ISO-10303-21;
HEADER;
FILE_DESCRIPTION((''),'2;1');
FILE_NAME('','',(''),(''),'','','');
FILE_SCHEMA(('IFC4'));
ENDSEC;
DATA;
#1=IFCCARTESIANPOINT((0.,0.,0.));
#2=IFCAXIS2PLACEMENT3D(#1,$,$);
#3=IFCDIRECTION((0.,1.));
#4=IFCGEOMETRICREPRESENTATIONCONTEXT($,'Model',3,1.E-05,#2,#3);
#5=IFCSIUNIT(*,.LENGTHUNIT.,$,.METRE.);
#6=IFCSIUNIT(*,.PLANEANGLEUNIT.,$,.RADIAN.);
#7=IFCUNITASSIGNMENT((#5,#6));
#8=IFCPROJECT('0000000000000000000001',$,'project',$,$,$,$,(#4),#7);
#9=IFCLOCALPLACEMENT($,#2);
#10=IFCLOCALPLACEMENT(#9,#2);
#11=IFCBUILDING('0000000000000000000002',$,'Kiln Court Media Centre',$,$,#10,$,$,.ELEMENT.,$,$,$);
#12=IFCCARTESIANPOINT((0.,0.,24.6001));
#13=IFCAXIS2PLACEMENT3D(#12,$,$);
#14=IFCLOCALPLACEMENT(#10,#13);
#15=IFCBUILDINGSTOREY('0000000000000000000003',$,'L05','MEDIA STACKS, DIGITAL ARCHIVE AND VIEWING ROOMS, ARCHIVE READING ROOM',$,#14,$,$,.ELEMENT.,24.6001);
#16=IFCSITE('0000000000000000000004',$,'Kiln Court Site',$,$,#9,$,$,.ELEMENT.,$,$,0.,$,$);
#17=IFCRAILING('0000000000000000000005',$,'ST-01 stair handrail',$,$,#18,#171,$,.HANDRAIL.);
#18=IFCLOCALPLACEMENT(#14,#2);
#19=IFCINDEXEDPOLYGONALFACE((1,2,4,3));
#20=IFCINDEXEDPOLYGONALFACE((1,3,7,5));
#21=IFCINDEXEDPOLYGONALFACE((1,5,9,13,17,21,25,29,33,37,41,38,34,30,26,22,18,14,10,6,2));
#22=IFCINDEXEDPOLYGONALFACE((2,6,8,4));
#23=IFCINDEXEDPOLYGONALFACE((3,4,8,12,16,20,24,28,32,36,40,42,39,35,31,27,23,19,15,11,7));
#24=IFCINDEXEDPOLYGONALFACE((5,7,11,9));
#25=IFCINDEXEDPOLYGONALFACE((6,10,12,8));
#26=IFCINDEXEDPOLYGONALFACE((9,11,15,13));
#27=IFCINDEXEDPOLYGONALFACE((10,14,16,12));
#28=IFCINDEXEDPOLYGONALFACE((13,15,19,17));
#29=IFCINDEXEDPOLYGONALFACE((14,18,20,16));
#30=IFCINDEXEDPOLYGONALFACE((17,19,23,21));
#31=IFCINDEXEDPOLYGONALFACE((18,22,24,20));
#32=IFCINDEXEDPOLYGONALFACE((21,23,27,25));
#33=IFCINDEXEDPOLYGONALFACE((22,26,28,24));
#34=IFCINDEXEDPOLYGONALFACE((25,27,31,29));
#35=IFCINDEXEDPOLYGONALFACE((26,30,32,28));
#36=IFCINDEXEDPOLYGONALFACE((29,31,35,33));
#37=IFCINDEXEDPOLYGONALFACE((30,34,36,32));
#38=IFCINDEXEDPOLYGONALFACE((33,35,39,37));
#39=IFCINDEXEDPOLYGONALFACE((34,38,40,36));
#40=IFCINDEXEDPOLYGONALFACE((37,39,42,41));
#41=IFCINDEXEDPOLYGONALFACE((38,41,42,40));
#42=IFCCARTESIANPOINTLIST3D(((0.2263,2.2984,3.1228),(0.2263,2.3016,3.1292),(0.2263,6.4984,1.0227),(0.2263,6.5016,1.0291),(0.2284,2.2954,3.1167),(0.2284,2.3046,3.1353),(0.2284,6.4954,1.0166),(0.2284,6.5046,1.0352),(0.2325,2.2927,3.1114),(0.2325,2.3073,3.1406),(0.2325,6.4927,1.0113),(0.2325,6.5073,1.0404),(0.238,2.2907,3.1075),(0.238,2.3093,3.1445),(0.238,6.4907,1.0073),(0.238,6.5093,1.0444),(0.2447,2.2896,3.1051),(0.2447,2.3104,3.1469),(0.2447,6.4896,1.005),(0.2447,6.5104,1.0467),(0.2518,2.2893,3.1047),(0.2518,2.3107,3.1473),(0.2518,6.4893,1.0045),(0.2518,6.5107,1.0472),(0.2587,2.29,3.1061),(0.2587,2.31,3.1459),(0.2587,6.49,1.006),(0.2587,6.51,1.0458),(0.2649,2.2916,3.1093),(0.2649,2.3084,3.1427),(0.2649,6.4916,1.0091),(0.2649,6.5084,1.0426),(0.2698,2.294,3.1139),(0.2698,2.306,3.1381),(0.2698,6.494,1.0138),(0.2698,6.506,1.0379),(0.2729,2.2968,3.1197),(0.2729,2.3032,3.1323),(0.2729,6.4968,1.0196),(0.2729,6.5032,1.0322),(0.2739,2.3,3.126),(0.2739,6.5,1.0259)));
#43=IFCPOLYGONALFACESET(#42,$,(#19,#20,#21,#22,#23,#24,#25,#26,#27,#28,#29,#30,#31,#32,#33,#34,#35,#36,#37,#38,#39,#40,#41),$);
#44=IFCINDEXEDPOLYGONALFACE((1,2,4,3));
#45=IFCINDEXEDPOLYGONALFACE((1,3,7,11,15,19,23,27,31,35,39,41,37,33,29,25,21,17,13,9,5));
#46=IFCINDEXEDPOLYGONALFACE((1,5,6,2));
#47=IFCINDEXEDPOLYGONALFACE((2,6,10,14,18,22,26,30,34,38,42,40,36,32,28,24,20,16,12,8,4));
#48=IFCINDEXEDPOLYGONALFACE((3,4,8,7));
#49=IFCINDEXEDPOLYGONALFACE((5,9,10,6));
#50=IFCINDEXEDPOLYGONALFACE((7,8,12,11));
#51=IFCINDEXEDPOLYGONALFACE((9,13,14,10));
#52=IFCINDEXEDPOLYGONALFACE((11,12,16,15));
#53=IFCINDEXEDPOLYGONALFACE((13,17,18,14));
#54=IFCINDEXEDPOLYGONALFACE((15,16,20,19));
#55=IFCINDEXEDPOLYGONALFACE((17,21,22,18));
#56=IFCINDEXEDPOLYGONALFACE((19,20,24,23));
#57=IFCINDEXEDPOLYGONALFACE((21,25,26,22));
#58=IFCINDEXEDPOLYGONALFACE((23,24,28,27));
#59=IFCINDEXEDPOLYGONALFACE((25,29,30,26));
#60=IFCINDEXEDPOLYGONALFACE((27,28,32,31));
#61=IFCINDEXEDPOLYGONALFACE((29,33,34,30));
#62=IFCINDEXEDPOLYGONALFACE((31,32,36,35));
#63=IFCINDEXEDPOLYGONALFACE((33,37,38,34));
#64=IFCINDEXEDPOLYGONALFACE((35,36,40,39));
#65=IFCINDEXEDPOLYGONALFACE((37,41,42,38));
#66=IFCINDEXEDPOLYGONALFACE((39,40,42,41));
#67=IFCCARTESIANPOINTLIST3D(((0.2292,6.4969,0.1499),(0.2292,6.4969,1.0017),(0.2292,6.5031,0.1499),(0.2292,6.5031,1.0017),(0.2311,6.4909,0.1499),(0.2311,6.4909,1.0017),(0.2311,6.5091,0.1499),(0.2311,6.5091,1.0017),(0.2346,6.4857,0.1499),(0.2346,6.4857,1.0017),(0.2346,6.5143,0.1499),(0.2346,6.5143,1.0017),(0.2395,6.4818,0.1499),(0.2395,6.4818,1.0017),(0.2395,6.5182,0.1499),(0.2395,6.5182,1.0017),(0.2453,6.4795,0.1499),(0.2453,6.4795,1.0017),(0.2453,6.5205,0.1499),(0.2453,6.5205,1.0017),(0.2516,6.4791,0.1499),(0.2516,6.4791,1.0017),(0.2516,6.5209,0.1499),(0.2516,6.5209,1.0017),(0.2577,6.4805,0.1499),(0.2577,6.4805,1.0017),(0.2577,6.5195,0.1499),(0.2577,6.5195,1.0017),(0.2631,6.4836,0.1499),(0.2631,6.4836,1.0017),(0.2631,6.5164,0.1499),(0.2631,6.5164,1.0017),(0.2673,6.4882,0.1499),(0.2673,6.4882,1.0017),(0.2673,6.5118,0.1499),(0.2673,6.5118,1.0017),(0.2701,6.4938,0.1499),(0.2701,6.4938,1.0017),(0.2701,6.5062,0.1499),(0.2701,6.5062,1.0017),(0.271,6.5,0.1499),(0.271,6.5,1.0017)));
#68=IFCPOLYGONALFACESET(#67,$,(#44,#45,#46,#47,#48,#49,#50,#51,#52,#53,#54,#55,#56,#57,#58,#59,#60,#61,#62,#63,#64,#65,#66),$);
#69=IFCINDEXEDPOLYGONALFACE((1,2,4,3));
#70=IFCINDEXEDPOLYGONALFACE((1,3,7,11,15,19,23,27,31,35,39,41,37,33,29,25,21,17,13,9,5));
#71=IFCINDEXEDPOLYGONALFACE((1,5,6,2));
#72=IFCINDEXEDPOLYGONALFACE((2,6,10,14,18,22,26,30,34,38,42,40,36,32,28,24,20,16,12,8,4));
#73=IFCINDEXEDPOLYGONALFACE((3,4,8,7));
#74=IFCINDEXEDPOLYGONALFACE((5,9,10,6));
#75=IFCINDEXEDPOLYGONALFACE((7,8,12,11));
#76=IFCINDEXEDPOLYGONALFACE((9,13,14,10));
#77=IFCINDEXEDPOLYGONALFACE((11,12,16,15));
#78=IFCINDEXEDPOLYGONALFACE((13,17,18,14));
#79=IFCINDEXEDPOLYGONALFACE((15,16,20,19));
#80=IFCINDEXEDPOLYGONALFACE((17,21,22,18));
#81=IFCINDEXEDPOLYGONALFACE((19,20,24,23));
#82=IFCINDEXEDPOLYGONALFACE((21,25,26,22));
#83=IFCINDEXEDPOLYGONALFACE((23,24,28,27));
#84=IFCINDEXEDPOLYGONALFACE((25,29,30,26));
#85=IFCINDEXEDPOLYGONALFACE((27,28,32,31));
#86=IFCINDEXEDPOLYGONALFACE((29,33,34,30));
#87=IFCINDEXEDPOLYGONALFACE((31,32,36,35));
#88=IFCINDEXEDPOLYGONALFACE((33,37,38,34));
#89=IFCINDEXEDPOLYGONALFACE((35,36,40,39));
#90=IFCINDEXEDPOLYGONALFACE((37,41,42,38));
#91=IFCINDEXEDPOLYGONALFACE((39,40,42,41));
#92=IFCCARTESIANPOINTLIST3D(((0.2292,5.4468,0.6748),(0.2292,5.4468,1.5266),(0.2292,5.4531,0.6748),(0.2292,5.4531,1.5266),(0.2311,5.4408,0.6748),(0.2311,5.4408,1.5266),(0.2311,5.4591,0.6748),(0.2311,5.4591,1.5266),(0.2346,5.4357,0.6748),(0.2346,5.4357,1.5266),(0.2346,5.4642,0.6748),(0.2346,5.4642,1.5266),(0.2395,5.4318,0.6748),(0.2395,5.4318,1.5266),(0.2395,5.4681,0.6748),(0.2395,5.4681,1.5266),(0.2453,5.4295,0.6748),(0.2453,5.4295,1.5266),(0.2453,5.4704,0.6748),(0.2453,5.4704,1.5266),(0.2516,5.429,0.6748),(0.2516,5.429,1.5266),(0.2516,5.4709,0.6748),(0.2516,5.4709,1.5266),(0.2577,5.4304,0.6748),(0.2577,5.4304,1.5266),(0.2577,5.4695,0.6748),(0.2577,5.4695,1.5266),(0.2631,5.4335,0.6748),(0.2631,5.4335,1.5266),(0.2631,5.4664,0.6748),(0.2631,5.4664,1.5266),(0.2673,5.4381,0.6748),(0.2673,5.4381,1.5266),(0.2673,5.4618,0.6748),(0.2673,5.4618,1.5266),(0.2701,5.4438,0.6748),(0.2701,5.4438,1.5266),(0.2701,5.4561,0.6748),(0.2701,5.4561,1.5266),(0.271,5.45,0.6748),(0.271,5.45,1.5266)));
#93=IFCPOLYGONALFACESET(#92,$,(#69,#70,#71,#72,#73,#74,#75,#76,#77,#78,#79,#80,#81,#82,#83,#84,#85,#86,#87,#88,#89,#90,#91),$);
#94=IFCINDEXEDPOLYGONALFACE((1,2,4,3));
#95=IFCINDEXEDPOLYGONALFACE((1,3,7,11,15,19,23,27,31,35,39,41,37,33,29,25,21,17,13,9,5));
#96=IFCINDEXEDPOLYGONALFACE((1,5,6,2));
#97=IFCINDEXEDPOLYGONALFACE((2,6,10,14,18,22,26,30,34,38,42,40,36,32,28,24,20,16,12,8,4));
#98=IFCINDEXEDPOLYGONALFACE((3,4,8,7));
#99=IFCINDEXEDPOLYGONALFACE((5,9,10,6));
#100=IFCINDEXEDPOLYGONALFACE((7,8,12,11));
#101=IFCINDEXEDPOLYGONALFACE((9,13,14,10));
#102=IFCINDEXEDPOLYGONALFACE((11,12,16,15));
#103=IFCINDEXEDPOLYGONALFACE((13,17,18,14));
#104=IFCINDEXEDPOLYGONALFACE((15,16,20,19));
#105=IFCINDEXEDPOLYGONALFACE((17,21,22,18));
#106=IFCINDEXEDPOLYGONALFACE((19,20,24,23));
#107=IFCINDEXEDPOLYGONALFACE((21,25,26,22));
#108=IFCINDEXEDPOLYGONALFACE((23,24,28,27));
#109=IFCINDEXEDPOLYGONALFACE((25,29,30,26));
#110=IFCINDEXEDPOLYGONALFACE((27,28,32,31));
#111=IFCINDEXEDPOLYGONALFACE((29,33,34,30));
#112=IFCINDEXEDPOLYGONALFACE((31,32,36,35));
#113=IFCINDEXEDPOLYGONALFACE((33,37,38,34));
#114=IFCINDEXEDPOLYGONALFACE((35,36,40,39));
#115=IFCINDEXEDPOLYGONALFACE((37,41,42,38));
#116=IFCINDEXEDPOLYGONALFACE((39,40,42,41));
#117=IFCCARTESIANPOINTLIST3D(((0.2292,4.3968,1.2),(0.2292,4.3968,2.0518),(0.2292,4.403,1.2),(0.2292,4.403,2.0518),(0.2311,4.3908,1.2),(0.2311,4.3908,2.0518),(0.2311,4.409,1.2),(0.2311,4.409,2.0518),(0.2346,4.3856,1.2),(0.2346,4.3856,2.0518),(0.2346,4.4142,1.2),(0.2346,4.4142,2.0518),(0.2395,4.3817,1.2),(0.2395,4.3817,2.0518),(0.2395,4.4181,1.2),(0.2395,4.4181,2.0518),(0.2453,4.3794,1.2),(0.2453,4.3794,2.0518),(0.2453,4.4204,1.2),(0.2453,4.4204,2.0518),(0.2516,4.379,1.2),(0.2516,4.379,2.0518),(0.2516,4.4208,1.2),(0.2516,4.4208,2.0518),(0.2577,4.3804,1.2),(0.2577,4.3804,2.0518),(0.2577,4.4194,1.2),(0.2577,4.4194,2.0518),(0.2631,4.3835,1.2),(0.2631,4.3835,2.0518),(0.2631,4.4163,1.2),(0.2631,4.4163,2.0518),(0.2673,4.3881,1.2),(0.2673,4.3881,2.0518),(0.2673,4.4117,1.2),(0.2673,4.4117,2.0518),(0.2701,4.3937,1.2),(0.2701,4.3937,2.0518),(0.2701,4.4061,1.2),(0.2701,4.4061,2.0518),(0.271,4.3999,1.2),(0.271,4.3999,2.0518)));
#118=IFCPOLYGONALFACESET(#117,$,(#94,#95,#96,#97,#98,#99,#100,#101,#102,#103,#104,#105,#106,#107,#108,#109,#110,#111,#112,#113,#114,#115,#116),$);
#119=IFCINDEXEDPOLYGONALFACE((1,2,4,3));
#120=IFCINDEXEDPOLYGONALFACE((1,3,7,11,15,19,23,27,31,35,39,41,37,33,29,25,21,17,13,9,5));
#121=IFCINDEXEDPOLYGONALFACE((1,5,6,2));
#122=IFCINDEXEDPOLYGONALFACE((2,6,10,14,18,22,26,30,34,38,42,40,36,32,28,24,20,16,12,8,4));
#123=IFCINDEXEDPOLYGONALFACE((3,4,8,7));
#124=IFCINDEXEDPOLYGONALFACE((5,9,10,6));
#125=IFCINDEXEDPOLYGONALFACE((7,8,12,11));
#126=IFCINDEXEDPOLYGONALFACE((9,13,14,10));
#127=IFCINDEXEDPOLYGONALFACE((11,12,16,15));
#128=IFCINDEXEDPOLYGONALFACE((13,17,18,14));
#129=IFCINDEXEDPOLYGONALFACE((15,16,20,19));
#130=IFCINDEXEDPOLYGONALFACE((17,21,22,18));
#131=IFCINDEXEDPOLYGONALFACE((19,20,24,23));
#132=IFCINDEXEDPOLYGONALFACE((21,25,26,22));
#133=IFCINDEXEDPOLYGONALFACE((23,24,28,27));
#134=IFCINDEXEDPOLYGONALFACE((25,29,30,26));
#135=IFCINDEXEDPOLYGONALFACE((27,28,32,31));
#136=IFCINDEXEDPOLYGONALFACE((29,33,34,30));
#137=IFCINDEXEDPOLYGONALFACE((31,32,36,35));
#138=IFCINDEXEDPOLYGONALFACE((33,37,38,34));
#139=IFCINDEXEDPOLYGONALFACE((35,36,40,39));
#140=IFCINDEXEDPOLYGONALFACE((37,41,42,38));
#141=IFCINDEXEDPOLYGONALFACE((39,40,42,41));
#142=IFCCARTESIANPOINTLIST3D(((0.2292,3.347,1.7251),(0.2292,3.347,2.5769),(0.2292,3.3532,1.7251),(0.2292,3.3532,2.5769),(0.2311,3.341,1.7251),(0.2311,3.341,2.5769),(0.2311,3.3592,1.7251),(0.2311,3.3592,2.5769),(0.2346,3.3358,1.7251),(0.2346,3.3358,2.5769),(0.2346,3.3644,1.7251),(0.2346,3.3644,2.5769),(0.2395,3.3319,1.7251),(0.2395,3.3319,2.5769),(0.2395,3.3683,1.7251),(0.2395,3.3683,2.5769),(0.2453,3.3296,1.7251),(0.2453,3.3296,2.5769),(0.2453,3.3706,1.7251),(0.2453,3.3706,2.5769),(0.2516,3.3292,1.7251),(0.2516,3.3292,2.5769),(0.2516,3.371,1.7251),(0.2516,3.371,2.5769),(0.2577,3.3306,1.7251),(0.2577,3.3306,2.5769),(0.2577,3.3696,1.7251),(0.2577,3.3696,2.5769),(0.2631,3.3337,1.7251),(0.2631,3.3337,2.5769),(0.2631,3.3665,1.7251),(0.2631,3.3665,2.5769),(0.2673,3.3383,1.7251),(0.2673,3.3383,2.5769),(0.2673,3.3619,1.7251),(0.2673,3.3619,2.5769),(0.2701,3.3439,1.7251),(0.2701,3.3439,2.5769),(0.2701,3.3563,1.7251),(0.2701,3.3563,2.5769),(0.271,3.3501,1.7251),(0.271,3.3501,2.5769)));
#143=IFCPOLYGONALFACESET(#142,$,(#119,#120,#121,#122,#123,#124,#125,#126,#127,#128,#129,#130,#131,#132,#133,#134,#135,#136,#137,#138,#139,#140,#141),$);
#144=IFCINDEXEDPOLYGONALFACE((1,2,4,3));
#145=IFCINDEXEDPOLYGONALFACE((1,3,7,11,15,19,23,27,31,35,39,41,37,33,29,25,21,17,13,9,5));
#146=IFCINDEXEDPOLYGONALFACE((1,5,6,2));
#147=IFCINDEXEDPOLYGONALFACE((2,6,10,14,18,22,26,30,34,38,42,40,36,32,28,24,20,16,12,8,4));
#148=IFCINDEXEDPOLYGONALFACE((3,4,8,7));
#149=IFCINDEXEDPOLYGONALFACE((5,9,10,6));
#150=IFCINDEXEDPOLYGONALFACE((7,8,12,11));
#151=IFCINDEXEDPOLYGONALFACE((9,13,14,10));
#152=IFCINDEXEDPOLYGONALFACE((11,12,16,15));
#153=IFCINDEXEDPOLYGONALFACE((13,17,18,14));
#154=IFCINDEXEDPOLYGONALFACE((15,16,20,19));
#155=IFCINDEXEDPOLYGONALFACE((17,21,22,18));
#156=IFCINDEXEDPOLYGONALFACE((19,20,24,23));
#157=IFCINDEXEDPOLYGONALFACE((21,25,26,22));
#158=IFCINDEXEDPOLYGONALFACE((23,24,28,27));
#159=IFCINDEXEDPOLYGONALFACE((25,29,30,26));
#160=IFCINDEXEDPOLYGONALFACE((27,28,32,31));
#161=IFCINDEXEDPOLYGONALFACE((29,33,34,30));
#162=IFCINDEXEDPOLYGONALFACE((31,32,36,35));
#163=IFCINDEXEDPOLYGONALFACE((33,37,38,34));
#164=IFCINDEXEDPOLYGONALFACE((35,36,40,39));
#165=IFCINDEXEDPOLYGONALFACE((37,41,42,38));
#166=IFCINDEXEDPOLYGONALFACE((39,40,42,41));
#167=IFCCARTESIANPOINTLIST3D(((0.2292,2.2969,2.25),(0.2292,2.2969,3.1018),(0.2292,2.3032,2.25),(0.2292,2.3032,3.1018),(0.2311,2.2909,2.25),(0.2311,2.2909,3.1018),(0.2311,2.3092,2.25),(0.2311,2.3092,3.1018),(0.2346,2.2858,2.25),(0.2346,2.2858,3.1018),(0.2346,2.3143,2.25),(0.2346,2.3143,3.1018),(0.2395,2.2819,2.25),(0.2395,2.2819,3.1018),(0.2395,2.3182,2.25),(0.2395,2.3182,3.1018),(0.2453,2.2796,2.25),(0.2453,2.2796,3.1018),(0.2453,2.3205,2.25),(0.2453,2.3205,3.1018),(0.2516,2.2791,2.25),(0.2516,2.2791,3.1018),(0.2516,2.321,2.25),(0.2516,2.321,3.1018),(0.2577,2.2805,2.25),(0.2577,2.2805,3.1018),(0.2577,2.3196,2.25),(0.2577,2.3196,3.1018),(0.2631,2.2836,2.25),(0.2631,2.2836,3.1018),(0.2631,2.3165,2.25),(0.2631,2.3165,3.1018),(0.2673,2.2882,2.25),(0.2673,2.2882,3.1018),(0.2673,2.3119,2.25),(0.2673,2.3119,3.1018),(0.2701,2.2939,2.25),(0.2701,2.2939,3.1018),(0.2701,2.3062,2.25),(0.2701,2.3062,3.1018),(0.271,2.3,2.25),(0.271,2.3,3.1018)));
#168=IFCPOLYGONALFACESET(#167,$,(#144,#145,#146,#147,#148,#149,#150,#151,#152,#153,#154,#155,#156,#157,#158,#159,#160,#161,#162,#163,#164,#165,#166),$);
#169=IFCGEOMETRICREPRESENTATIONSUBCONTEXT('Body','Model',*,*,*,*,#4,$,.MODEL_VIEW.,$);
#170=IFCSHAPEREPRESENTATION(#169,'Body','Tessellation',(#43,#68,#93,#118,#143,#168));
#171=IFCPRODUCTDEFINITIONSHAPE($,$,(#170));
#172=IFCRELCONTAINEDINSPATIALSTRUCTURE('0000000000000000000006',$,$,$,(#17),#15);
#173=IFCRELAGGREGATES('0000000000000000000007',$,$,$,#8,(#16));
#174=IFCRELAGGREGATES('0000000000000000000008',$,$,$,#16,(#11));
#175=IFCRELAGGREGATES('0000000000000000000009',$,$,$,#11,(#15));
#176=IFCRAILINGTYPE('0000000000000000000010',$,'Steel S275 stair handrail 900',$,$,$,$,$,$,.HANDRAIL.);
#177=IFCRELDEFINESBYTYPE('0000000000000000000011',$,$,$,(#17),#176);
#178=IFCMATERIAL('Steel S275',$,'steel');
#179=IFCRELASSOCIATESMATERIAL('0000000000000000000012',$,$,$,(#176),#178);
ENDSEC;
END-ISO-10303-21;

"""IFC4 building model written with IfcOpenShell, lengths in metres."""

from ifc_helpers import new_model, si_unit, direction, frame, origin, origin_2d, place, context, subcontext, project, spatial, circle, extrude, material, type_object, element, save


model = new_model("IFC4")

# Units and contexts
model_context = context("Model", 3, precision=1e-05, world=origin(), true_north=direction((0.0, 1.0)))
body_context = subcontext(model_context, "Body", "Model", "MODEL_VIEW")
ifc_project = project(units=[si_unit("LENGTHUNIT", "METRE"), si_unit("PLANEANGLEUNIT", "RADIAN")], contexts=[model_context])

# Site, building, storey
site_placement = place(None, origin())
site = spatial("IfcSite", under=ifc_project, at=site_placement, Name="Kiln Court Site", CompositionType="ELEMENT", RefElevation=0.0)
building_placement = place(site_placement, origin())
building = spatial("IfcBuilding", under=site, at=building_placement, Name="Kiln Court Media Centre", CompositionType="ELEMENT")
storey_placement = place(building_placement, frame((0.0, 0.0, 24.6001)))
storey = spatial("IfcBuildingStorey", under=building, at=storey_placement, Name="L05", Description="MEDIA STACKS, DIGITAL ARCHIVE AND VIEWING ROOMS, ARCHIVE READING ROOM", CompositionType="ELEMENT", Elevation=24.6001)

# Railing
ifc_material_1 = material(Name="Steel S275", Category="steel")
railing_type_1 = type_object("IfcRailingType", Name="Steel S275 stair handrail 900", PredefinedType="HANDRAIL", material=ifc_material_1)
railing_1_placement = place(storey_placement, frame((0.25, 6.5, 0.1499)))
element("IfcRailing", 1, at=railing_1_placement, inside=storey, type_object=railing_type_1, Name="ST-01 stair handrail", PredefinedType="HANDRAIL", context=body_context, shape_type="SweptSolid", body=[
    extrude(circle(Radius=0.0239, at=origin_2d()), frame((0.0, 0.0, 0.876), z_axis=(0.0, -0.894417, 0.447234), x_axis=(1.0, 0.0, 0.0)), (0.0, 0.0, 1.0), 4.6958),
    extrude(circle(Radius=0.021, at=origin_2d()), origin(), (0.0, 0.0, 1.0), 0.8518),
    extrude(circle(Radius=0.021, at=origin_2d()), frame((0.0, -1.05, 0.5249)), (0.0, 0.0, 1.0), 0.8518),
    extrude(circle(Radius=0.021, at=origin_2d()), frame((0.0, -2.1001, 1.05)), (0.0, 0.0, 1.0), 0.8518),
    extrude(circle(Radius=0.021, at=origin_2d()), frame((0.0, -3.1499, 1.5752)), (0.0, 0.0, 1.0), 0.8518),
    extrude(circle(Radius=0.021, at=origin_2d()), frame((0.0, -4.2, 2.1001)), (0.0, 0.0, 1.0), 0.8518),
])

save(model, "model.ifc")
